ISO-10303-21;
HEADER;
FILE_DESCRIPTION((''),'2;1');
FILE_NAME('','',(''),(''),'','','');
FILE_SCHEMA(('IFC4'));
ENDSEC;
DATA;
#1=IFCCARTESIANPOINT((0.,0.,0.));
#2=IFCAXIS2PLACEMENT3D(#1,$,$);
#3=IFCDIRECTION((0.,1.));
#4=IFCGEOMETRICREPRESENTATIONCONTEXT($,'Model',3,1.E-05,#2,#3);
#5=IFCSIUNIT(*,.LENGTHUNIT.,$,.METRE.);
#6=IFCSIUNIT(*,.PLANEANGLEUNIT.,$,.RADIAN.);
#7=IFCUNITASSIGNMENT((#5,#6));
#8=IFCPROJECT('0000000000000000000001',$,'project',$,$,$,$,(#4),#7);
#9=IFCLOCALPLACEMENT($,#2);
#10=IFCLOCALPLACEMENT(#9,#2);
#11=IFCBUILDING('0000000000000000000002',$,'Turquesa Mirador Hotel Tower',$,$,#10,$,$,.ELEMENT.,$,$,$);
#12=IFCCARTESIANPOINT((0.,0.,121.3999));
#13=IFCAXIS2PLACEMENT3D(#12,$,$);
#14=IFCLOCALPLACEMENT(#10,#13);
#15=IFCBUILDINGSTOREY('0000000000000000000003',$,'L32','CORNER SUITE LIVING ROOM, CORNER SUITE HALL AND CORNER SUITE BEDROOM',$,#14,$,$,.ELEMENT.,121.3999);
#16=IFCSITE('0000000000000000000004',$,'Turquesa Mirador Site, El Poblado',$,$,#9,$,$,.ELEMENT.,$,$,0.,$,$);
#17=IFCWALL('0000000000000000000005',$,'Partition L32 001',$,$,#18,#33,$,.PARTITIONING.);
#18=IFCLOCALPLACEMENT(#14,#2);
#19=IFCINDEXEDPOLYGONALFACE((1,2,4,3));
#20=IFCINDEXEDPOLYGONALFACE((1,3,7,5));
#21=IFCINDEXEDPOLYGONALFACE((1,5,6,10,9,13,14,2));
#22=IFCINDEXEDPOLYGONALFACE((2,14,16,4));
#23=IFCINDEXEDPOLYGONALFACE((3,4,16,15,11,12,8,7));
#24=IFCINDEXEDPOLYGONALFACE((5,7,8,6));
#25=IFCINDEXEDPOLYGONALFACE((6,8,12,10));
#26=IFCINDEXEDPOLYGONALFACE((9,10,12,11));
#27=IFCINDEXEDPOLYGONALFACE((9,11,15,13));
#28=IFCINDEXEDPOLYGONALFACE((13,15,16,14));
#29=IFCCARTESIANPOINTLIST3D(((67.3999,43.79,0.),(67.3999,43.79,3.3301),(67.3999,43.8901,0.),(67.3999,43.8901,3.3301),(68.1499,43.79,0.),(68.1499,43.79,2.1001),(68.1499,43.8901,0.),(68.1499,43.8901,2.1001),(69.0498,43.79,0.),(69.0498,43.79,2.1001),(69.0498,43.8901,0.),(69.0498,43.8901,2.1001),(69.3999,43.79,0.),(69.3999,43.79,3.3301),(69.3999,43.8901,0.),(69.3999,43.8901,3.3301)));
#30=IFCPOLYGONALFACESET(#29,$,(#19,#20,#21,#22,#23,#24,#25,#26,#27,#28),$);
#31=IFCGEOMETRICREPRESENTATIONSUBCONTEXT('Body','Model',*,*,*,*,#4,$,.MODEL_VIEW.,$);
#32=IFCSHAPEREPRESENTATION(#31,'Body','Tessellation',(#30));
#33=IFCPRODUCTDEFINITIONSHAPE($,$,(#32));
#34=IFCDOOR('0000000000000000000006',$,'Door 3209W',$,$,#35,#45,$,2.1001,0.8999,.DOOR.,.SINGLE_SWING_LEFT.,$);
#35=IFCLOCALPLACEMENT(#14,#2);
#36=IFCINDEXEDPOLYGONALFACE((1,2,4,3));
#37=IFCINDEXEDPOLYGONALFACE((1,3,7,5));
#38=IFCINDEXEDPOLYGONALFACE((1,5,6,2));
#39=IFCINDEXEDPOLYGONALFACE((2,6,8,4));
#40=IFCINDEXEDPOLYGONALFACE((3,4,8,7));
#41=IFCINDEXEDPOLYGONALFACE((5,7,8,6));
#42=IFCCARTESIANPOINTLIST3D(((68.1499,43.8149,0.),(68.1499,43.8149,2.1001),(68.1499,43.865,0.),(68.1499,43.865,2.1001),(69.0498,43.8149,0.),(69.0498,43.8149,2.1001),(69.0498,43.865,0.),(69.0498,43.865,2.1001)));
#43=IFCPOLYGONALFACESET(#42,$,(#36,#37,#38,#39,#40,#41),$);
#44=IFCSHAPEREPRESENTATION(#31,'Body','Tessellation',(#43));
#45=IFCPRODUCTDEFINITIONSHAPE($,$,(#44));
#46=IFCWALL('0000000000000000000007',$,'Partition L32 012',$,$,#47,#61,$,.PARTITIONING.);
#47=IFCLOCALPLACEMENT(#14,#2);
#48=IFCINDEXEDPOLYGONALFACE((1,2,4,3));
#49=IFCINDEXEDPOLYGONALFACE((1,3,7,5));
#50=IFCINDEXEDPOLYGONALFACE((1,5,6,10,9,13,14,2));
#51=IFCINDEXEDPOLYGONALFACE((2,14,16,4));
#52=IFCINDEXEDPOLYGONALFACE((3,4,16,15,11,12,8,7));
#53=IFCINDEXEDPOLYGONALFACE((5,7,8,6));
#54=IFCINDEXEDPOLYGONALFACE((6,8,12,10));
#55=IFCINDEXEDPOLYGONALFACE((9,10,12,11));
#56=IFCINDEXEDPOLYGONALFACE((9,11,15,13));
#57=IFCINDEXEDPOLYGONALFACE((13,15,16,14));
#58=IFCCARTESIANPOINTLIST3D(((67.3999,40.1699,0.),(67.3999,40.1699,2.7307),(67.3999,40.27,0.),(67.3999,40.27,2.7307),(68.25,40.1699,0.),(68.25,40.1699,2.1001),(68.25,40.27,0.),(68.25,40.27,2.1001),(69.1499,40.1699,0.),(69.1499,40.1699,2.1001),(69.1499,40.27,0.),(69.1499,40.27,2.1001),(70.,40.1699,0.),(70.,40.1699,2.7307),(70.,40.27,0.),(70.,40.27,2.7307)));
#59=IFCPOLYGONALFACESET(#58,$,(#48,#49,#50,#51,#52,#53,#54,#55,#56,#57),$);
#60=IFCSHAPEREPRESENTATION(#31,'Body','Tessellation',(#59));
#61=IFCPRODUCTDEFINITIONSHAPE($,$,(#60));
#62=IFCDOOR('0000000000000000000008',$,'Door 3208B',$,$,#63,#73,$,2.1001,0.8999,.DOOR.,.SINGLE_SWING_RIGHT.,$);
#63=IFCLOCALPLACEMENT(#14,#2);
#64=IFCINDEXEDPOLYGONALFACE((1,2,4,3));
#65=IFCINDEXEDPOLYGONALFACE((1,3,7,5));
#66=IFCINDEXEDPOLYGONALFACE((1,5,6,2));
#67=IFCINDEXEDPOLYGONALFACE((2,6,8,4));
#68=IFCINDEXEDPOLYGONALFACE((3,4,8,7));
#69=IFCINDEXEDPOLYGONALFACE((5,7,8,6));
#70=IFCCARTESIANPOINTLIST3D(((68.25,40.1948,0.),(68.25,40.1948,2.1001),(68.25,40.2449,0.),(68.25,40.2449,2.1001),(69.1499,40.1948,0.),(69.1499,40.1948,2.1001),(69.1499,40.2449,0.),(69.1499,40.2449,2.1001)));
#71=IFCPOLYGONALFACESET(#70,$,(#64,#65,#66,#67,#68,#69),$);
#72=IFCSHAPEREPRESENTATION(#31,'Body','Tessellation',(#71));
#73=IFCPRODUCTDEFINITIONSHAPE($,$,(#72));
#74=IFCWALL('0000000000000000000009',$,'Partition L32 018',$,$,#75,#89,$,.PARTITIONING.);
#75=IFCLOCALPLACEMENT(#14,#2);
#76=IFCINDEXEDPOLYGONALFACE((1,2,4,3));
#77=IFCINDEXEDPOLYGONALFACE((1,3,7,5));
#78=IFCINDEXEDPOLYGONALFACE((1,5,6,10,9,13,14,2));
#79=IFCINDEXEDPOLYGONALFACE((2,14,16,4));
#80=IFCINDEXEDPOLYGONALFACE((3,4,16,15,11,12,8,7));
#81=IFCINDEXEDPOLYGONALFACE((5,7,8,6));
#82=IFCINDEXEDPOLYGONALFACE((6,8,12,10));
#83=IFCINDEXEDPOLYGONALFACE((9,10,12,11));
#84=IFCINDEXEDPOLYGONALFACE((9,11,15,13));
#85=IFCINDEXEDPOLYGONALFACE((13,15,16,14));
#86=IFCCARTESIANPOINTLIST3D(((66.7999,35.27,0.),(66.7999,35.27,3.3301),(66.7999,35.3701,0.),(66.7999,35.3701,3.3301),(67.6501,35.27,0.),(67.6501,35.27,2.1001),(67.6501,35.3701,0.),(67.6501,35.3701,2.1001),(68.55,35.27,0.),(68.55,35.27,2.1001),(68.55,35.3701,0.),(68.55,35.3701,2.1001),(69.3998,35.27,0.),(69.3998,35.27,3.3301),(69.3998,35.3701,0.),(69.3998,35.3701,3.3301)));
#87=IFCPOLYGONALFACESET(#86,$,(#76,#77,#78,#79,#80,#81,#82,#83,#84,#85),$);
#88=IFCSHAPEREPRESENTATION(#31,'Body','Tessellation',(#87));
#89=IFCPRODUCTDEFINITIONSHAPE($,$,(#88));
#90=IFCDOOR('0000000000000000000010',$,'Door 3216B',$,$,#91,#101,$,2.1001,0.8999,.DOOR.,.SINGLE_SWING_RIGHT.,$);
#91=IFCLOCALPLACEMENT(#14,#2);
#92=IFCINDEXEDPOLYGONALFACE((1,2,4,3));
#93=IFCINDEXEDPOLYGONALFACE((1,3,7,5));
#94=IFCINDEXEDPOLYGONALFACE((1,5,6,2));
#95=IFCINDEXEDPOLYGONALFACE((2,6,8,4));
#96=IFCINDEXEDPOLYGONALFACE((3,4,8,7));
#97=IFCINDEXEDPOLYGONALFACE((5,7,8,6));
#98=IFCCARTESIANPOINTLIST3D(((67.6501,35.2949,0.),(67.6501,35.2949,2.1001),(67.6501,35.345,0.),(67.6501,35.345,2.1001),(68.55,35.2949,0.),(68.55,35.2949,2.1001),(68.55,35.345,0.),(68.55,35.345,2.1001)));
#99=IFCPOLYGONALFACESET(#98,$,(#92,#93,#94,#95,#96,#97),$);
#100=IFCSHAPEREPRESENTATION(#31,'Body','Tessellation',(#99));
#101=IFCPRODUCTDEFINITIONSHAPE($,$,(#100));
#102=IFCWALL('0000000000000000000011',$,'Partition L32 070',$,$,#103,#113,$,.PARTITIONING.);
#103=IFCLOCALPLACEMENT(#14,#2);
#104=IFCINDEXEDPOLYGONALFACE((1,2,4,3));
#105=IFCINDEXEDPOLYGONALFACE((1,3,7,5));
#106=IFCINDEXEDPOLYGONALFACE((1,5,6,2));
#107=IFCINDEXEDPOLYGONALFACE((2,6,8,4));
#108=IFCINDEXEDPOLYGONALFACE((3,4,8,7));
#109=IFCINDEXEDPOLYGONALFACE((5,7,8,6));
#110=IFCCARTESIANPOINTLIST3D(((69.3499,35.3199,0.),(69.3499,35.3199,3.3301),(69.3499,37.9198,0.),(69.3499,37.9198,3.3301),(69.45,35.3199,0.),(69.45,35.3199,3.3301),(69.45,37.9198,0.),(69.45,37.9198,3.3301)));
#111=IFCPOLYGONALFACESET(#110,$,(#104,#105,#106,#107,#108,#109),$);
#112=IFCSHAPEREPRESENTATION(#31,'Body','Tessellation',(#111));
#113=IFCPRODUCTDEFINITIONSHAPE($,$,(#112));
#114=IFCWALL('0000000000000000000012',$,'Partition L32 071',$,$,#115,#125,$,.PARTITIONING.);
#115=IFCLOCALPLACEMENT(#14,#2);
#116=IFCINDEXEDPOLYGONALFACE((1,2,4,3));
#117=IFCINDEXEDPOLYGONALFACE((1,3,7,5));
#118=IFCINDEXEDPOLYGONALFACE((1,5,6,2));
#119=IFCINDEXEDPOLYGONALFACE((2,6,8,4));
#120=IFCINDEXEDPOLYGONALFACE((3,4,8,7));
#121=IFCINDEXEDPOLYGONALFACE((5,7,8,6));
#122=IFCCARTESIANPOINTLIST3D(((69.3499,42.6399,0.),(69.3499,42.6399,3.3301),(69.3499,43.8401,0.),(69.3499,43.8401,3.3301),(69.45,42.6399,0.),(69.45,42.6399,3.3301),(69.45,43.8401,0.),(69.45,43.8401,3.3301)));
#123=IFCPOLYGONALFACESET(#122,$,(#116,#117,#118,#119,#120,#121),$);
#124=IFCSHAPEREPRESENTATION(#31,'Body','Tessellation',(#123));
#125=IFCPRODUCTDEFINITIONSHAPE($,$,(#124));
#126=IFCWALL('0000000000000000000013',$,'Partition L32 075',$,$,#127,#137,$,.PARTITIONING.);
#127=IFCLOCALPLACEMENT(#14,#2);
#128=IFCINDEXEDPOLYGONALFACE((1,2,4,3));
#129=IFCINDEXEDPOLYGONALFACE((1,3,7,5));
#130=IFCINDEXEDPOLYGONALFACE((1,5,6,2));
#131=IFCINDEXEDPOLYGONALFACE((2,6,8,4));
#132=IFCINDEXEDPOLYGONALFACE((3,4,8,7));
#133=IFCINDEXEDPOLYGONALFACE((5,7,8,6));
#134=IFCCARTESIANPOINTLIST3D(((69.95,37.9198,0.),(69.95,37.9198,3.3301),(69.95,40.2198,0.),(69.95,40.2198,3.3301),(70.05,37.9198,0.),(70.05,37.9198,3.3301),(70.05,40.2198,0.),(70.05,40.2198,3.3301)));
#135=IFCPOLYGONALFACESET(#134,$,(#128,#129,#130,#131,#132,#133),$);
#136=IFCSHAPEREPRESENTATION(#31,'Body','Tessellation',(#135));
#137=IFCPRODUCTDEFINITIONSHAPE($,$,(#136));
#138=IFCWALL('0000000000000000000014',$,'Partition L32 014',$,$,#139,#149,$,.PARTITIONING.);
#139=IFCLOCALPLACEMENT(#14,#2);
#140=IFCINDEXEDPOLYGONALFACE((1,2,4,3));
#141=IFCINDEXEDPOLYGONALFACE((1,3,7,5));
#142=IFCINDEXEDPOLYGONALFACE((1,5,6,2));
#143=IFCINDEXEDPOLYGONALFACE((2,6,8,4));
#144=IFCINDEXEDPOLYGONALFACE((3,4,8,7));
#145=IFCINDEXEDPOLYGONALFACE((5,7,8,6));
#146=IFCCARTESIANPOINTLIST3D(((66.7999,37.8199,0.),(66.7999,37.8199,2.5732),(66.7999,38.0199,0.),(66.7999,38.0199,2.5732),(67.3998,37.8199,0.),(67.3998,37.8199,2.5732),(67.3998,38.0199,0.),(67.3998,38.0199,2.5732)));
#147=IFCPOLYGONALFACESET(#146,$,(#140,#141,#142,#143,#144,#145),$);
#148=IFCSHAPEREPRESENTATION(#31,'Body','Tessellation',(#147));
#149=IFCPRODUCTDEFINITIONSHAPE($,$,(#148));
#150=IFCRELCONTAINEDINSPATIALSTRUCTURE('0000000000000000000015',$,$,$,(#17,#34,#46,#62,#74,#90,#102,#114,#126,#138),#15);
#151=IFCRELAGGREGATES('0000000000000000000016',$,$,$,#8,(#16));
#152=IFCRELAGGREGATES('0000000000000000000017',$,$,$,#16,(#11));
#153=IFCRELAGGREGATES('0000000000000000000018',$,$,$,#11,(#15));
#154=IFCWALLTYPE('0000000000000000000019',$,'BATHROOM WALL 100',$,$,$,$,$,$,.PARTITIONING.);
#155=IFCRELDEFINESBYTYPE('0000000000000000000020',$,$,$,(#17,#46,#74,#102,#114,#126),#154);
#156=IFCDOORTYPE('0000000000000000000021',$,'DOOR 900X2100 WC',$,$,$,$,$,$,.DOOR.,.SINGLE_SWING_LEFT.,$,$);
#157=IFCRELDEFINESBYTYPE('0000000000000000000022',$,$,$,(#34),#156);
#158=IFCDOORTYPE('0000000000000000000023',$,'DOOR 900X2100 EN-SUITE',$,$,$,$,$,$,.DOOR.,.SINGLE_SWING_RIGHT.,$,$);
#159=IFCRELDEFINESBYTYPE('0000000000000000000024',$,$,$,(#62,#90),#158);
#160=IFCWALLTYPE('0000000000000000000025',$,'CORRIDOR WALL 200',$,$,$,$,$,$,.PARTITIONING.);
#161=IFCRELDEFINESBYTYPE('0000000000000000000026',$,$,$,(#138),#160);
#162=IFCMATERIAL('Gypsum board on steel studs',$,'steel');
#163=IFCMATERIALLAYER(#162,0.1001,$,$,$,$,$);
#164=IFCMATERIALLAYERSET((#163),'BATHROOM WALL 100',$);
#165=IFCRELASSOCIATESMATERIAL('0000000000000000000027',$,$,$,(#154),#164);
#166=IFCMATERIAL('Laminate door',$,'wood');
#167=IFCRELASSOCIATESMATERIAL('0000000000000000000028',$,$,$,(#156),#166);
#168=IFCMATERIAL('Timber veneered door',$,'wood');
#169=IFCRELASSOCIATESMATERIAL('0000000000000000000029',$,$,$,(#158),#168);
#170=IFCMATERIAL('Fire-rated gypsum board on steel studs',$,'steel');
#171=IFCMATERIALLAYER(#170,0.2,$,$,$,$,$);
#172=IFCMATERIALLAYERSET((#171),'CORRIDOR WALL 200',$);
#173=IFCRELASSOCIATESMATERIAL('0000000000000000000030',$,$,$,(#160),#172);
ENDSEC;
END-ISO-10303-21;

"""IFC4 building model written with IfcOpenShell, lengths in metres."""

from ifc_helpers import new_model, si_unit, direction, frame, frame_2d, origin, place, context, subcontext, project, spatial, rectangle, extrude, material, layer, layer_set, type_object, element, fill, save


model = new_model("IFC4")

# Units and contexts
model_context = context("Model", 3, precision=1e-05, world=origin(), true_north=direction((0.0, 1.0)))
body_context = subcontext(model_context, "Body", "Model", "MODEL_VIEW")
ifc_project = project(units=[si_unit("LENGTHUNIT", "METRE"), si_unit("PLANEANGLEUNIT", "RADIAN")], contexts=[model_context])

# Site, building, storey
site_placement = place(None, origin())
site = spatial("IfcSite", under=ifc_project, at=site_placement, Name="Turquesa Mirador Site, El Poblado", CompositionType="ELEMENT", RefElevation=0.0)
building_placement = place(site_placement, origin())
building = spatial("IfcBuilding", under=site, at=building_placement, Name="Turquesa Mirador Hotel Tower", CompositionType="ELEMENT")
storey_placement = place(building_placement, frame((0.0, 0.0, 121.3999)))
storey = spatial("IfcBuildingStorey", under=building, at=storey_placement, Name="L32", Description="CORNER SUITE LIVING ROOM, CORNER SUITE HALL AND CORNER SUITE BEDROOM", CompositionType="ELEMENT", Elevation=121.3999)

# Walls, openings, doors
ifc_material_1 = material(Name="Gypsum board on steel studs", Category="steel")
ifc_layer_1 = layer(ifc_material_1, 0.1001)
ifc_layer_set_1 = layer_set([ifc_layer_1], Name="BATHROOM WALL 100")
wall_type_1 = type_object("IfcWallType", Name="BATHROOM WALL 100", PredefinedType="PARTITIONING", material=ifc_layer_set_1)
wall_1_placement = place(storey_placement, frame((67.3999, 43.8401, 0.0), z_axis=(0.0, 0.0, 1.0), x_axis=(1.0, 0.0, 0.0)))
wall_1 = element("IfcWall", 1, at=wall_1_placement, inside=storey, type_object=wall_type_1, Name="Partition L32 001", PredefinedType="PARTITIONING", context=body_context, shape_type="SweptSolid", body=[
    extrude(rectangle(XDim=2.0, YDim=0.1001, at=frame_2d((1.0, 0.0))), origin(), (0.0, 0.0, 1.0), 3.3301),
])
opening_1_placement = place(wall_1_placement, frame((0.75, 0.0, 0.0)))
opening_1 = element("IfcOpeningElement", 2, at=opening_1_placement, cuts=wall_1, PredefinedType="OPENING", context=body_context, shape_type="SweptSolid", body=[
    extrude(rectangle(XDim=0.8999, YDim=2.1001, at=frame_2d((0.45, 1.05))), frame((0.0, 0.0601, 0.0), z_axis=(0.0, -1.0, 0.0), x_axis=(1.0, 0.0, 0.0)), (0.0, 0.0, 1.0), 0.1201),
])
ifc_material_2 = material(Name="Laminate door", Category="wood")
door_type_1 = type_object("IfcDoorType", Name="DOOR 900X2100 WC", OperationType="SINGLE_SWING_LEFT", PredefinedType="DOOR", material=ifc_material_2)
door_1_placement = place(opening_1_placement, origin())
door_1 = element("IfcDoor", 3, at=door_1_placement, inside=storey, type_object=door_type_1, Name="Door 3209W", OperationType="SINGLE_SWING_LEFT", OverallHeight=2.1001, OverallWidth=0.8999, PredefinedType="DOOR", context=body_context, shape_type="SweptSolid", body=[
    extrude(rectangle(XDim=0.8999, YDim=2.1001, at=frame_2d((0.45, 1.05))), frame((0.0, 0.0249, 0.0), z_axis=(0.0, -1.0, 0.0), x_axis=(1.0, 0.0, 0.0)), (0.0, 0.0, 1.0), 0.05),
])
fill(opening_1, door_1)
wall_2_placement = place(storey_placement, frame((67.3999, 40.22, 0.0), z_axis=(0.0, 0.0, 1.0), x_axis=(1.0, 0.0, 0.0)))
wall_2 = element("IfcWall", 4, at=wall_2_placement, inside=storey, type_object=wall_type_1, Name="Partition L32 012", PredefinedType="PARTITIONING", context=body_context, shape_type="SweptSolid", body=[
    extrude(rectangle(XDim=2.6001, YDim=0.1001, at=frame_2d((1.3, 0.0))), origin(), (0.0, 0.0, 1.0), 2.7307),
])
opening_2_placement = place(wall_2_placement, frame((0.8501, 0.0, 0.0)))
opening_2 = element("IfcOpeningElement", 5, at=opening_2_placement, cuts=wall_2, PredefinedType="OPENING", context=body_context, shape_type="SweptSolid", body=[
    extrude(rectangle(XDim=0.8999, YDim=2.1001, at=frame_2d((0.45, 1.05))), frame((0.0, 0.0601, 0.0), z_axis=(0.0, -1.0, 0.0), x_axis=(1.0, 0.0, 0.0)), (0.0, 0.0, 1.0), 0.1201),
])
ifc_material_3 = material(Name="Timber veneered door", Category="wood")
door_type_2 = type_object("IfcDoorType", Name="DOOR 900X2100 EN-SUITE", OperationType="SINGLE_SWING_RIGHT", PredefinedType="DOOR", material=ifc_material_3)
door_2_placement = place(opening_2_placement, origin())
door_2 = element("IfcDoor", 6, at=door_2_placement, inside=storey, type_object=door_type_2, Name="Door 3208B", OperationType="SINGLE_SWING_RIGHT", OverallHeight=2.1001, OverallWidth=0.8999, PredefinedType="DOOR", context=body_context, shape_type="SweptSolid", body=[
    extrude(rectangle(XDim=0.8999, YDim=2.1001, at=frame_2d((0.45, 1.05))), frame((0.0, 0.0249, 0.0), z_axis=(0.0, -1.0, 0.0), x_axis=(1.0, 0.0, 0.0)), (0.0, 0.0, 1.0), 0.05),
])
fill(opening_2, door_2)
wall_3_placement = place(storey_placement, frame((66.8, 35.3201, 0.0), z_axis=(0.0, 0.0, 1.0), x_axis=(1.0, 0.0, 0.0)))
wall_3 = element("IfcWall", 7, at=wall_3_placement, inside=storey, type_object=wall_type_1, Name="Partition L32 018", PredefinedType="PARTITIONING", context=body_context, shape_type="SweptSolid", body=[
    extrude(rectangle(XDim=2.5999, YDim=0.1001, at=frame_2d((1.2998, 0.0))), origin(), (0.0, 0.0, 1.0), 3.3301),
])
opening_3_placement = place(wall_3_placement, frame((0.8501, 0.0, 0.0)))
opening_3 = element("IfcOpeningElement", 8, at=opening_3_placement, cuts=wall_3, PredefinedType="OPENING", context=body_context, shape_type="SweptSolid", body=[
    extrude(rectangle(XDim=0.8999, YDim=2.1001, at=frame_2d((0.45, 1.05))), frame((0.0, 0.0601, 0.0), z_axis=(0.0, -1.0, 0.0), x_axis=(1.0, 0.0, 0.0)), (0.0, 0.0, 1.0), 0.1201),
])
door_3_placement = place(opening_3_placement, origin())
door_3 = element("IfcDoor", 9, at=door_3_placement, inside=storey, type_object=door_type_2, Name="Door 3216B", OperationType="SINGLE_SWING_RIGHT", OverallHeight=2.1001, OverallWidth=0.8999, PredefinedType="DOOR", context=body_context, shape_type="SweptSolid", body=[
    extrude(rectangle(XDim=0.8999, YDim=2.1001, at=frame_2d((0.45, 1.05))), frame((0.0, 0.0249, 0.0), z_axis=(0.0, -1.0, 0.0), x_axis=(1.0, 0.0, 0.0)), (0.0, 0.0, 1.0), 0.05),
])
fill(opening_3, door_3)

# Walls
wall_4_placement = place(storey_placement, frame((69.3999, 35.3201, 0.0), z_axis=(0.0, 0.0, 1.0), x_axis=(0.0, 1.0, 0.0)))
element("IfcWall", 10, at=wall_4_placement, inside=storey, type_object=wall_type_1, Name="Partition L32 070", PredefinedType="PARTITIONING", context=body_context, shape_type="SweptSolid", body=[
    extrude(rectangle(XDim=2.5999, YDim=0.1001, at=frame_2d((1.2998, 0.0))), origin(), (0.0, 0.0, 1.0), 3.3301),
])
wall_5_placement = place(storey_placement, frame((69.3999, 42.6399, 0.0), z_axis=(0.0, 0.0, 1.0), x_axis=(0.0, 1.0, 0.0)))
element("IfcWall", 11, at=wall_5_placement, inside=storey, type_object=wall_type_1, Name="Partition L32 071", PredefinedType="PARTITIONING", context=body_context, shape_type="SweptSolid", body=[
    extrude(rectangle(XDim=1.2002, YDim=0.1001, at=frame_2d((0.6001, 0.0))), origin(), (0.0, 0.0, 1.0), 3.3301),
])
wall_6_placement = place(storey_placement, frame((70.0, 37.9199, 0.0), z_axis=(0.0, 0.0, 1.0), x_axis=(0.0, 1.0, 0.0)))
element("IfcWall", 12, at=wall_6_placement, inside=storey, type_object=wall_type_1, Name="Partition L32 075", PredefinedType="PARTITIONING", context=body_context, shape_type="SweptSolid", body=[
    extrude(rectangle(XDim=2.3, YDim=0.1001, at=frame_2d((1.1499, 0.0))), origin(), (0.0, 0.0, 1.0), 3.3301),
])
ifc_material_4 = material(Name="Fire-rated gypsum board on steel studs", Category="steel")
ifc_layer_2 = layer(ifc_material_4, 0.2)
ifc_layer_set_2 = layer_set([ifc_layer_2], Name="CORRIDOR WALL 200")
wall_type_2 = type_object("IfcWallType", Name="CORRIDOR WALL 200", PredefinedType="PARTITIONING", material=ifc_layer_set_2)
wall_7_placement = place(storey_placement, frame((66.8, 37.9199, 0.0), z_axis=(0.0, 0.0, 1.0), x_axis=(1.0, 0.0, 0.0)))
element("IfcWall", 13, at=wall_7_placement, inside=storey, type_object=wall_type_2, Name="Partition L32 014", PredefinedType="PARTITIONING", context=body_context, shape_type="SweptSolid", body=[
    extrude(rectangle(XDim=0.5999, YDim=0.2, at=frame_2d((0.2998, 0.0))), origin(), (0.0, 0.0, 1.0), 2.5732),
])

save(model, "model.ifc")
